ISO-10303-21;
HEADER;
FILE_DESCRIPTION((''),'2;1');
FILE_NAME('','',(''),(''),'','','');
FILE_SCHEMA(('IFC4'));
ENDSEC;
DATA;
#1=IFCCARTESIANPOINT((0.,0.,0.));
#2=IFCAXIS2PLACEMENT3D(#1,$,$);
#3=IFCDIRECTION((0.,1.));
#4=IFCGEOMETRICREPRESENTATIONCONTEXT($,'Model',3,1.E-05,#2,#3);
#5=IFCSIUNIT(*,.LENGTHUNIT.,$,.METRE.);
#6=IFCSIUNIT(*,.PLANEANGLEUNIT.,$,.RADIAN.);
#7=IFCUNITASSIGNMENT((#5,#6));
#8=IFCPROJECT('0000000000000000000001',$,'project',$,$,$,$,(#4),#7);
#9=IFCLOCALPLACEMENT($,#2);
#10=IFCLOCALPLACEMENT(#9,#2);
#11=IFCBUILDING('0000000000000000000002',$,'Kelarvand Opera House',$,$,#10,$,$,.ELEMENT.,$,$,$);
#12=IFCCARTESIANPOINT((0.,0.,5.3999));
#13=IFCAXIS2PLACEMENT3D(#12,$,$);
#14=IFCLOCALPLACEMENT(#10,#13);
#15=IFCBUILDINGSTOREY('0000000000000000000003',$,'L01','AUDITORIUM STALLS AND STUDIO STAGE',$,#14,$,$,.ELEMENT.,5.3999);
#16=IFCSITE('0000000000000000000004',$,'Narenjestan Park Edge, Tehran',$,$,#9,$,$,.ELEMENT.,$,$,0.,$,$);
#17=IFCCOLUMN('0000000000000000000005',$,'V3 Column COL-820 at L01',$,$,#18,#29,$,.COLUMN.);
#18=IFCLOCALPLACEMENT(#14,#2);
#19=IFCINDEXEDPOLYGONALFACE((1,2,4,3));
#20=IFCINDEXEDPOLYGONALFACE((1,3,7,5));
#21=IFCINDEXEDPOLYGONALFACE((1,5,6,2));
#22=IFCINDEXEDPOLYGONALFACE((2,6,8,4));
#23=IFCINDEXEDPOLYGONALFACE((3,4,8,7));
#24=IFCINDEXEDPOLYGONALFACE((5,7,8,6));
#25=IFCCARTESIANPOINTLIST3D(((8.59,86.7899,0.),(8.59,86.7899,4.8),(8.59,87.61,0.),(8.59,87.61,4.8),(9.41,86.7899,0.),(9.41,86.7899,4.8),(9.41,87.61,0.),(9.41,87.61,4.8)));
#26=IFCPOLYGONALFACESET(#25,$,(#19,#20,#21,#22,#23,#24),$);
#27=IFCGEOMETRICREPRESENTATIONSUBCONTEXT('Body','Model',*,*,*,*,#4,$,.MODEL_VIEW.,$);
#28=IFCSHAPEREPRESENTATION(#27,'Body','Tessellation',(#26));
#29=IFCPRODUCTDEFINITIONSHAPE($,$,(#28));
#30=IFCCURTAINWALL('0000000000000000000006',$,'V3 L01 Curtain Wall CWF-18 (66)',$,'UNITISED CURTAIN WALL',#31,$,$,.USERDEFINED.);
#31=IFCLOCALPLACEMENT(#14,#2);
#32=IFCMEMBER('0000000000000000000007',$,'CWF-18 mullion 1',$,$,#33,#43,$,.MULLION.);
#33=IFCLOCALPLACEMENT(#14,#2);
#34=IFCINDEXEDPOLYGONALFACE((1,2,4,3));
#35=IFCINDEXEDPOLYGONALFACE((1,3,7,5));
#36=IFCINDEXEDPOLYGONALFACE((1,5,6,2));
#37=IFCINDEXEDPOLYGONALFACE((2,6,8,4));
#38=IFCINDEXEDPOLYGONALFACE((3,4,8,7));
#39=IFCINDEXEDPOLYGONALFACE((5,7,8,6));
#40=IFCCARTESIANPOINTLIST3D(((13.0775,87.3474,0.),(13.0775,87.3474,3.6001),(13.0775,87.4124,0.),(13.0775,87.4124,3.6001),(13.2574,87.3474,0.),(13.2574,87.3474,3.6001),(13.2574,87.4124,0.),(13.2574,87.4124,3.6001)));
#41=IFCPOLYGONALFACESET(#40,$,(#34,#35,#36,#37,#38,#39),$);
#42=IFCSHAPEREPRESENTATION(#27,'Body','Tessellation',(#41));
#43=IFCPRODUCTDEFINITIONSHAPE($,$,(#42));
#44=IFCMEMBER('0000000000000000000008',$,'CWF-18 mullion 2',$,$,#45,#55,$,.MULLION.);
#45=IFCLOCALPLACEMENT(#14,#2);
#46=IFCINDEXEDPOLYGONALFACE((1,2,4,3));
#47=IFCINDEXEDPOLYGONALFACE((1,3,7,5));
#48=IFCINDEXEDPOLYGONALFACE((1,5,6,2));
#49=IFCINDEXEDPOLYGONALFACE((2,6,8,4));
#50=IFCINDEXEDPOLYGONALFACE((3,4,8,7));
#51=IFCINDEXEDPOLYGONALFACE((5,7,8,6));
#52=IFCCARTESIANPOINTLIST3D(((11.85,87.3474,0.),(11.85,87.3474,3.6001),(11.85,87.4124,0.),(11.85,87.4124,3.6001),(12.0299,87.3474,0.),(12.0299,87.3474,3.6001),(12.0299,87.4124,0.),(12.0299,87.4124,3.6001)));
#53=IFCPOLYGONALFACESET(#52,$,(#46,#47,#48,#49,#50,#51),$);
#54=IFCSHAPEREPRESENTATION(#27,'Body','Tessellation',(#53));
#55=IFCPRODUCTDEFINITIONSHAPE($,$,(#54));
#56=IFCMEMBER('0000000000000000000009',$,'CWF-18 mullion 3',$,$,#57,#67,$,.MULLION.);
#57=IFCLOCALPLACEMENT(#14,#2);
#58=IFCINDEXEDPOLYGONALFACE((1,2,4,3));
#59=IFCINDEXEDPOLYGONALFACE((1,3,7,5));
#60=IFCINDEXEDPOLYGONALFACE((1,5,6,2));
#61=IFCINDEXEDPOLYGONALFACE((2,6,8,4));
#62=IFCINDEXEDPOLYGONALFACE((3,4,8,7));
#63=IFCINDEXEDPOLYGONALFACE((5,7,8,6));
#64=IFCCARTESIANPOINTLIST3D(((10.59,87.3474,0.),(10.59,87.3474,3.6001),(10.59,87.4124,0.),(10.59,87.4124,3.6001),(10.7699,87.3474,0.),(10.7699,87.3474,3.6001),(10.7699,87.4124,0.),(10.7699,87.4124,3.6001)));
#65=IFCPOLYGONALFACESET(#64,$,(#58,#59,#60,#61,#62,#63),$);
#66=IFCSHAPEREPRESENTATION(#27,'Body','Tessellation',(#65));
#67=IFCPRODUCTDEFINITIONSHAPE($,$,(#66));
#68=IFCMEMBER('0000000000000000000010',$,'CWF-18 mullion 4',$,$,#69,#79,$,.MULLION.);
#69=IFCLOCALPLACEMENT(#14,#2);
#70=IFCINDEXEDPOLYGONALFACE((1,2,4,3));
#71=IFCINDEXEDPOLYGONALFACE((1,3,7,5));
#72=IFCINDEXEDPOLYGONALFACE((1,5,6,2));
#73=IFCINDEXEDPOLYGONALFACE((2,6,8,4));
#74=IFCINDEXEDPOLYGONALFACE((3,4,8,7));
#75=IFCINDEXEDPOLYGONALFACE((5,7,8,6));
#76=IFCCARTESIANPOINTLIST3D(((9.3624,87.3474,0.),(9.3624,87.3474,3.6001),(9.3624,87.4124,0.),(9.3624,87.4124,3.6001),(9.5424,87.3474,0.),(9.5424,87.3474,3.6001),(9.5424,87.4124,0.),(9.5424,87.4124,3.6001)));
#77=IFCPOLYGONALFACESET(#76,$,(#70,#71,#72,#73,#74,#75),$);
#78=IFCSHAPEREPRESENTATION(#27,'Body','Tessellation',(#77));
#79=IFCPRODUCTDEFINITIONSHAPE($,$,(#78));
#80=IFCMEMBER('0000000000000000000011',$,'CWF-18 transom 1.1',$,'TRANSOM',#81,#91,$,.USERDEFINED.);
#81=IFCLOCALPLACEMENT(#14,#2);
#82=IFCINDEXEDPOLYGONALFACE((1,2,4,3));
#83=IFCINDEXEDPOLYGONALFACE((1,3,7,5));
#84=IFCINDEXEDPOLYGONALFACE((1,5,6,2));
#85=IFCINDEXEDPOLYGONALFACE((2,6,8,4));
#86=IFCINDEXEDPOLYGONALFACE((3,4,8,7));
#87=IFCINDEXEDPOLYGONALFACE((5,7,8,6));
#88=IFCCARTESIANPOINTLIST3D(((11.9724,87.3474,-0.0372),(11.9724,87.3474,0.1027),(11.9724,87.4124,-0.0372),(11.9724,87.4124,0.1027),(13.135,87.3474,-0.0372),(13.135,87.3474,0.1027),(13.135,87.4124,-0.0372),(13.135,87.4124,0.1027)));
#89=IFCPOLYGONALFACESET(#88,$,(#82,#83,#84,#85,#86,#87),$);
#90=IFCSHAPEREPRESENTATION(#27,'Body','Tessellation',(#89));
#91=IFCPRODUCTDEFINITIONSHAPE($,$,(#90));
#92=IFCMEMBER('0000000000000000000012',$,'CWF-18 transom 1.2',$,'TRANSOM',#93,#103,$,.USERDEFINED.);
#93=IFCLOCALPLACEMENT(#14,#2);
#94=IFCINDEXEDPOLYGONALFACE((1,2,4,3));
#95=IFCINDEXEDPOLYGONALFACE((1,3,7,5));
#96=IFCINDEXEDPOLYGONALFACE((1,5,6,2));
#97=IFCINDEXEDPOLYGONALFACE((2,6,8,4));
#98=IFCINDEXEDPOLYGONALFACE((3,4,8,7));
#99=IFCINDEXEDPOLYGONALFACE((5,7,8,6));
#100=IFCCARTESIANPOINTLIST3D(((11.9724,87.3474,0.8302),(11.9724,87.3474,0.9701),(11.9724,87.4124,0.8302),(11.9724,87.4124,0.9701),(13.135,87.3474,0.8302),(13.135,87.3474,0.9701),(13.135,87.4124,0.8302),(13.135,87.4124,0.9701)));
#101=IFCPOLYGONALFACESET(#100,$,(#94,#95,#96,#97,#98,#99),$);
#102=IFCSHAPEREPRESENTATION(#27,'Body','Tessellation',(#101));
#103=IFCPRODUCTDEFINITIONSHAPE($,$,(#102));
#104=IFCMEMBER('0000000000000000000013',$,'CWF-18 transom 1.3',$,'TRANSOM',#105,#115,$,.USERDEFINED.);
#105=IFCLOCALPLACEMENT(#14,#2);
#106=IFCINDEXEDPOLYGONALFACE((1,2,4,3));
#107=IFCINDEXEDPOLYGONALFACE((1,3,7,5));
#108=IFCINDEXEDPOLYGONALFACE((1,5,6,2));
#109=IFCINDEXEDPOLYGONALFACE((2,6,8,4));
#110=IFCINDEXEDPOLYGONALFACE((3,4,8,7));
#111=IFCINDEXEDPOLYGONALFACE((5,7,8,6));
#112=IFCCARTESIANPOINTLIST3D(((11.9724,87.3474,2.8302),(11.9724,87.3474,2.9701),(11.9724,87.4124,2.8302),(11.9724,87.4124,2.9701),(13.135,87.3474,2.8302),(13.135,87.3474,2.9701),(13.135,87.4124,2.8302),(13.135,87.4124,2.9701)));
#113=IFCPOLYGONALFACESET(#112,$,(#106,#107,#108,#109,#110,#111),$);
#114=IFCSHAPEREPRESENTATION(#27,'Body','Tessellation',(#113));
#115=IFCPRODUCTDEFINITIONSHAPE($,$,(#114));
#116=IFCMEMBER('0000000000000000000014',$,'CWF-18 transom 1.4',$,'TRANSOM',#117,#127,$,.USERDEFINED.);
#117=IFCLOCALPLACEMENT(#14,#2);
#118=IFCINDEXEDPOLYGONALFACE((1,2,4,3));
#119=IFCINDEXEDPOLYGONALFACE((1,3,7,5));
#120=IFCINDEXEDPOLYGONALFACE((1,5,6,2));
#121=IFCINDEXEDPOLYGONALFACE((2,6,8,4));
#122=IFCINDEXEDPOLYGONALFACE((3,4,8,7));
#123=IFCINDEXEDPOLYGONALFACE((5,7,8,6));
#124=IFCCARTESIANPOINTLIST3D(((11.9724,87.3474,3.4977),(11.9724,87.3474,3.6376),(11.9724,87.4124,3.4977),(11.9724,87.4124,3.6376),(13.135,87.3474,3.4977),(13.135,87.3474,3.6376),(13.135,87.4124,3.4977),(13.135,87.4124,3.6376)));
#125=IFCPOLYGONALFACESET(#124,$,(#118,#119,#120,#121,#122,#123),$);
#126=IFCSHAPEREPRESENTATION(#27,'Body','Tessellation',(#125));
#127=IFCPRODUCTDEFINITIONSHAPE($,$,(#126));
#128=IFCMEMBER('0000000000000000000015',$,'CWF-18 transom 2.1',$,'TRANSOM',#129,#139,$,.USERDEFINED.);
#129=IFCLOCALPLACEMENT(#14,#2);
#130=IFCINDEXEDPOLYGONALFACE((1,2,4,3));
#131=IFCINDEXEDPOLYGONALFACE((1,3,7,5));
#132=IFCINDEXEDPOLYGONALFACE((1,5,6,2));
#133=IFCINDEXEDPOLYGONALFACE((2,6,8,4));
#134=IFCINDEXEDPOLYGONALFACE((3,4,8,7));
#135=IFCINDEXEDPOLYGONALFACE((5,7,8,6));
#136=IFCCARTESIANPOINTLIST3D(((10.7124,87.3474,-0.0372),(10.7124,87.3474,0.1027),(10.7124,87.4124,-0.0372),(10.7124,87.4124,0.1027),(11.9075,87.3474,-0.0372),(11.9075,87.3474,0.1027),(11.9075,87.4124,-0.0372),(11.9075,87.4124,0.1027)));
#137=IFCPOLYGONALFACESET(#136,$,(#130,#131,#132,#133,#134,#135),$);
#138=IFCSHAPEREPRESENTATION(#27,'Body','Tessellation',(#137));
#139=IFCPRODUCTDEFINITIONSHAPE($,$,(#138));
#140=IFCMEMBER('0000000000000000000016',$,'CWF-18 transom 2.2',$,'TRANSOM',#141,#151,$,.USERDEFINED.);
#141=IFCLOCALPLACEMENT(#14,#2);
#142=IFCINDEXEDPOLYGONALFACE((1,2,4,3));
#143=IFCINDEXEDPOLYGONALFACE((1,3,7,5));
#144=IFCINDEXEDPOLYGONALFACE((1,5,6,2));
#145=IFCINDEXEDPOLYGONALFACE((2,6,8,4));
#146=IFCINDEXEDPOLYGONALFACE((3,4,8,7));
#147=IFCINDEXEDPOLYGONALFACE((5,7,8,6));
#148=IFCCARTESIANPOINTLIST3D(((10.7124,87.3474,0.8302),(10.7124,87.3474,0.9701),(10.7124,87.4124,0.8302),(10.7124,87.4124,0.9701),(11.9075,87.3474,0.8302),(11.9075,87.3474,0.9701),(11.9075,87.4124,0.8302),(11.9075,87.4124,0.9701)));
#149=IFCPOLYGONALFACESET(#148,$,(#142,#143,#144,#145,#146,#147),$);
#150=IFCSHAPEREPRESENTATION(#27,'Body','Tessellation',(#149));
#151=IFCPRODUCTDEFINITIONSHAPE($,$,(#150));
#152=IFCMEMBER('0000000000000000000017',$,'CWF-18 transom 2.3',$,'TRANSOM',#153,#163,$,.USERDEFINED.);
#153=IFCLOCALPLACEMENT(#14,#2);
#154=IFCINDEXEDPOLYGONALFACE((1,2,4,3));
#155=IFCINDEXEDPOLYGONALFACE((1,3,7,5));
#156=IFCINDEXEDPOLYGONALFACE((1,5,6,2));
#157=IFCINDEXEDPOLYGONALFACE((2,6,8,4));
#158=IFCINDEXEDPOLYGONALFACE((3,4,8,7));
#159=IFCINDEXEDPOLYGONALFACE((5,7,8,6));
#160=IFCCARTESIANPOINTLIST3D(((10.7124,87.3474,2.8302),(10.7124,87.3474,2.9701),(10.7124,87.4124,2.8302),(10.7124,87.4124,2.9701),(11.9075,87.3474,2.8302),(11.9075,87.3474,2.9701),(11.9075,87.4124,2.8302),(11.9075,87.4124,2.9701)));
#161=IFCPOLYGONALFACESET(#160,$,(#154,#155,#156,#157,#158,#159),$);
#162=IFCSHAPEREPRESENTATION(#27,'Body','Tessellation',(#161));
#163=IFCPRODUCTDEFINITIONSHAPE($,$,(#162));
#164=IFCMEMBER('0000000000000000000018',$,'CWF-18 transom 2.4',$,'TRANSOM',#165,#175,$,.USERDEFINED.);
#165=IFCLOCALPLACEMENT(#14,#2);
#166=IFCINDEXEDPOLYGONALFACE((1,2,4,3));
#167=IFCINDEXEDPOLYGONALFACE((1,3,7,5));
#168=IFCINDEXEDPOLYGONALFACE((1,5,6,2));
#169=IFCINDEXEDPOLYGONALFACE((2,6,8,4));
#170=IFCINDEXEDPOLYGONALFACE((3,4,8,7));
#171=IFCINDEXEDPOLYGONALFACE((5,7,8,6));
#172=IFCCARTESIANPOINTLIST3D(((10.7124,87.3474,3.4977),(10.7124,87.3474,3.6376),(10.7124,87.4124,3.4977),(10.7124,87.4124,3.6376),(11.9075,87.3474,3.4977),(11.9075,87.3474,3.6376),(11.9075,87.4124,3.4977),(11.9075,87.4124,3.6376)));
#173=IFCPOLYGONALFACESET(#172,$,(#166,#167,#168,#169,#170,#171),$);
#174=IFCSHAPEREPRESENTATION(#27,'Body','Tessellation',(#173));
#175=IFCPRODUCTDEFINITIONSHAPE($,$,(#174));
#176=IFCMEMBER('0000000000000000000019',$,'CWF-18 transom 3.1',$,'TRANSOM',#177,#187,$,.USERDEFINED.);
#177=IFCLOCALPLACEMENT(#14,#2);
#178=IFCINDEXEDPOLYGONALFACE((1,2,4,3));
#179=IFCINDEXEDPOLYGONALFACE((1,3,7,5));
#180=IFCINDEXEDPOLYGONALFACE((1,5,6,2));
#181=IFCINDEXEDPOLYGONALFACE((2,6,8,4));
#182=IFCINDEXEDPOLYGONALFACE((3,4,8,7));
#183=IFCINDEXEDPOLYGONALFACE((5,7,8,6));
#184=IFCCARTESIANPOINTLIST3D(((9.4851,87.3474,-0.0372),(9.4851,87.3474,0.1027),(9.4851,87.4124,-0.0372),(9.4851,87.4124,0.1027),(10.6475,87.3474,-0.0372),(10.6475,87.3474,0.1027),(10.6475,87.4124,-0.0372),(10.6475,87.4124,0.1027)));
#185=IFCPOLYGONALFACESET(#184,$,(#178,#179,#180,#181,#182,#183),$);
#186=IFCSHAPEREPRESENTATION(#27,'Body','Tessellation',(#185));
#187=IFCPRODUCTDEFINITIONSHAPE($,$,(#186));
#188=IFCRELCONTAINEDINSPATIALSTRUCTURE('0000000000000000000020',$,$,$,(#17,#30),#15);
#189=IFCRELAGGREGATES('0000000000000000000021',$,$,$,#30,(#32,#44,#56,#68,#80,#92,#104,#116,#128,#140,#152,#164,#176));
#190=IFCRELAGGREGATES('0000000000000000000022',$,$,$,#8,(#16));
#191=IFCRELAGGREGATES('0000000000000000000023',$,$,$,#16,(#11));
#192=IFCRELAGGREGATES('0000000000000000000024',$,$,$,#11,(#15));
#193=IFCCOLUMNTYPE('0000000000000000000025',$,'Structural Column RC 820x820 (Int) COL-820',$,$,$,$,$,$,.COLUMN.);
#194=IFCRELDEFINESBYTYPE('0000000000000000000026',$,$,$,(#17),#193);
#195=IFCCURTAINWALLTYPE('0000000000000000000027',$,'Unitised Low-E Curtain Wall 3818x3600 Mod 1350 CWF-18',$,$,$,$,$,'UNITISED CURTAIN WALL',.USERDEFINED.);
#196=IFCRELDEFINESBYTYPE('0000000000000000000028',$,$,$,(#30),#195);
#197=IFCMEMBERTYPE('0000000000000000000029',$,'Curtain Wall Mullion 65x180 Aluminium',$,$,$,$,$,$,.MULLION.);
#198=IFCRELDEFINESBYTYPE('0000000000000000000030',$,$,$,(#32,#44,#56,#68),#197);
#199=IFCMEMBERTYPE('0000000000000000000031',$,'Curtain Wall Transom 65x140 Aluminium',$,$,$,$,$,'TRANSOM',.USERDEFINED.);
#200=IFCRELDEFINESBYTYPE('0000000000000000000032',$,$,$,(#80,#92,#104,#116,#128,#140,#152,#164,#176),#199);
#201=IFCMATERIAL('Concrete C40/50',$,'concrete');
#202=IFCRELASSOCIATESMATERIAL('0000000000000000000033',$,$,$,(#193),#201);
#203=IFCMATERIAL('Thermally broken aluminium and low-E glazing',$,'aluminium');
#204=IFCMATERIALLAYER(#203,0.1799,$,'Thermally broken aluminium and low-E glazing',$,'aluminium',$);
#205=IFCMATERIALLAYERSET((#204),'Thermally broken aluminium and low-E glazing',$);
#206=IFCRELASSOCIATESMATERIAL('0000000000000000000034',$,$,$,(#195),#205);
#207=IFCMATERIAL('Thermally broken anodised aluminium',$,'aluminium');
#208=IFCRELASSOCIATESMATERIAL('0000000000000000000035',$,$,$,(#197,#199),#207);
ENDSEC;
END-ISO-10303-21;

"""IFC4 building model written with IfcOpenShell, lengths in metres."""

from ifc_helpers import new_model, si_unit, direction, frame, origin, origin_2d, place, context, subcontext, project, spatial, rectangle, extrude, material, layer, layer_set, material_profile, profile_set, type_object, element, aggregate, save


model = new_model("IFC4")

# Units and contexts
model_context = context("Model", 3, precision=1e-05, world=origin(), true_north=direction((0.0, 1.0)))
body_context = subcontext(model_context, "Body", "Model", "MODEL_VIEW")
ifc_project = project(units=[si_unit("LENGTHUNIT", "METRE"), si_unit("PLANEANGLEUNIT", "RADIAN")], contexts=[model_context])

# Site, building, storey
site_placement = place(None, origin())
site = spatial("IfcSite", under=ifc_project, at=site_placement, Name="Narenjestan Park Edge, Tehran", CompositionType="ELEMENT", RefElevation=0.0)
building_placement = place(site_placement, origin())
building = spatial("IfcBuilding", under=site, at=building_placement, Name="Kelarvand Opera House", CompositionType="ELEMENT")
storey_placement = place(building_placement, frame((0.0, 0.0, 5.3999)))
storey = spatial("IfcBuildingStorey", under=building, at=storey_placement, Name="L01", Description="AUDITORIUM STALLS AND STUDIO STAGE", CompositionType="ELEMENT", Elevation=5.3999)

# Column
ifc_material_1 = material(Name="Concrete C40/50", Category="concrete")
ifc_material_profile_1 = material_profile(ifc_material_1, rectangle(XDim=0.8201, YDim=0.8201, at=origin_2d()), Name="RC 820x820", Category="concrete")
ifc_profile_set_1 = profile_set([ifc_material_profile_1], Name="Concrete C40/50")
column_type = type_object("IfcColumnType", Name="Structural Column RC 820x820 (Int) COL-820", PredefinedType="COLUMN", material=ifc_profile_set_1)
column_placement = place(storey_placement, frame((9.0, 87.2, 0.0), z_axis=(0.0, 0.0, 1.0), x_axis=(1.0, 0.0, 0.0)))
element("IfcColumn", 1, at=column_placement, inside=storey, type_object=column_type, Name="V3 Column COL-820 at L01", PredefinedType="COLUMN", context=body_context, shape_type="SweptSolid", body=[
    extrude(rectangle(XDim=0.8201, YDim=0.8201, at=origin_2d()), origin(), (0.0, 0.0, 1.0), 4.8),
])

# Curtain wall, members
ifc_material_2 = material(Name="Thermally broken aluminium and low-E glazing", Category="aluminium")
ifc_layer_1 = layer(ifc_material_2, 0.1799, Name="Thermally broken aluminium and low-E glazing", Category="aluminium")
ifc_layer_set_1 = layer_set([ifc_layer_1], Name="Thermally broken aluminium and low-E glazing")
curtain_wall_type = type_object("IfcCurtainWallType", Name="Unitised Low-E Curtain Wall 3818x3600 Mod 1350 CWF-18", ElementType="UNITISED CURTAIN WALL", PredefinedType="USERDEFINED", material=ifc_layer_set_1)
curtain_wall_placement = place(storey_placement, origin())
curtain_wall = element("IfcCurtainWall", 2, at=curtain_wall_placement, inside=storey, type_object=curtain_wall_type, Name="V3 L01 Curtain Wall CWF-18 (66)", ObjectType="UNITISED CURTAIN WALL", PredefinedType="USERDEFINED")
ifc_material_3 = material(Name="Thermally broken anodised aluminium", Category="aluminium")
ifc_material_profile_2 = material_profile(ifc_material_3, rectangle(XDim=0.0649, YDim=0.1799, at=origin_2d()), Name="ALU MULLION 65x180", Category="aluminium")
ifc_profile_set_2 = profile_set([ifc_material_profile_2], Name="Thermally broken anodised aluminium")
member_type_1 = type_object("IfcMemberType", Name="Curtain Wall Mullion 65x180 Aluminium", PredefinedType="MULLION", material=ifc_profile_set_2)
member_1_placement = place(storey_placement, frame((13.1675, 87.3799, 0.0), z_axis=(0.0, 0.0, 1.0), x_axis=(0.0, -1.0, 0.0)))
member_1 = element("IfcMember", 3, at=member_1_placement, type_object=member_type_1, Name="CWF-18 mullion 1", PredefinedType="MULLION", context=body_context, shape_type="SweptSolid", body=[
    extrude(rectangle(XDim=0.0649, YDim=0.1799, at=origin_2d()), origin(), (0.0, 0.0, 1.0), 3.6001),
])
member_2_placement = place(storey_placement, frame((11.9399, 87.3799, 0.0), z_axis=(0.0, 0.0, 1.0), x_axis=(0.0, -1.0, 0.0)))
member_2 = element("IfcMember", 4, at=member_2_placement, type_object=member_type_1, Name="CWF-18 mullion 2", PredefinedType="MULLION", context=body_context, shape_type="SweptSolid", body=[
    extrude(rectangle(XDim=0.0649, YDim=0.1799, at=origin_2d()), origin(), (0.0, 0.0, 1.0), 3.6001),
])
member_3_placement = place(storey_placement, frame((10.6799, 87.3799, 0.0), z_axis=(0.0, 0.0, 1.0), x_axis=(0.0, -1.0, 0.0)))
member_3 = element("IfcMember", 5, at=member_3_placement, type_object=member_type_1, Name="CWF-18 mullion 3", PredefinedType="MULLION", context=body_context, shape_type="SweptSolid", body=[
    extrude(rectangle(XDim=0.0649, YDim=0.1799, at=origin_2d()), origin(), (0.0, 0.0, 1.0), 3.6001),
])
member_4_placement = place(storey_placement, frame((9.4524, 87.3799, 0.0), z_axis=(0.0, 0.0, 1.0), x_axis=(0.0, -1.0, 0.0)))
member_4 = element("IfcMember", 6, at=member_4_placement, type_object=member_type_1, Name="CWF-18 mullion 4", PredefinedType="MULLION", context=body_context, shape_type="SweptSolid", body=[
    extrude(rectangle(XDim=0.0649, YDim=0.1799, at=origin_2d()), origin(), (0.0, 0.0, 1.0), 3.6001),
])
ifc_material_profile_3 = material_profile(ifc_material_3, rectangle(XDim=0.0649, YDim=0.1399, at=origin_2d()), Name="ALU TRANSOM 65x140", Category="aluminium")
ifc_profile_set_3 = profile_set([ifc_material_profile_3], Name="Thermally broken anodised aluminium")
member_type_2 = type_object("IfcMemberType", Name="Curtain Wall Transom 65x140 Aluminium", ElementType="TRANSOM", PredefinedType="USERDEFINED", material=ifc_profile_set_3)
member_5_placement = place(storey_placement, frame((13.135, 87.3799, 0.0327), z_axis=(-1.0, 0.0, 0.0), x_axis=(0.0, -1.0, 0.0)))
member_5 = element("IfcMember", 7, at=member_5_placement, type_object=member_type_2, Name="CWF-18 transom 1.1", ObjectType="TRANSOM", PredefinedType="USERDEFINED", context=body_context, shape_type="SweptSolid", body=[
    extrude(rectangle(XDim=0.0649, YDim=0.1399, at=origin_2d()), origin(), (0.0, 0.0, 1.0), 1.1626),
])
member_6_placement = place(storey_placement, frame((13.135, 87.3799, 0.9001), z_axis=(-1.0, 0.0, 0.0), x_axis=(0.0, -1.0, 0.0)))
member_6 = element("IfcMember", 8, at=member_6_placement, type_object=member_type_2, Name="CWF-18 transom 1.2", ObjectType="TRANSOM", PredefinedType="USERDEFINED", context=body_context, shape_type="SweptSolid", body=[
    extrude(rectangle(XDim=0.0649, YDim=0.1399, at=origin_2d()), origin(), (0.0, 0.0, 1.0), 1.1626),
])
member_7_placement = place(storey_placement, frame((13.135, 87.3799, 2.9001), z_axis=(-1.0, 0.0, 0.0), x_axis=(0.0, -1.0, 0.0)))
member_7 = element("IfcMember", 9, at=member_7_placement, type_object=member_type_2, Name="CWF-18 transom 1.3", ObjectType="TRANSOM", PredefinedType="USERDEFINED", context=body_context, shape_type="SweptSolid", body=[
    extrude(rectangle(XDim=0.0649, YDim=0.1399, at=origin_2d()), origin(), (0.0, 0.0, 1.0), 1.1626),
])
member_8_placement = place(storey_placement, frame((13.135, 87.3799, 3.5676), z_axis=(-1.0, 0.0, 0.0), x_axis=(0.0, -1.0, 0.0)))
member_8 = element("IfcMember", 10, at=member_8_placement, type_object=member_type_2, Name="CWF-18 transom 1.4", ObjectType="TRANSOM", PredefinedType="USERDEFINED", context=body_context, shape_type="SweptSolid", body=[
    extrude(rectangle(XDim=0.0649, YDim=0.1399, at=origin_2d()), origin(), (0.0, 0.0, 1.0), 1.1626),
])
member_9_placement = place(storey_placement, frame((11.9075, 87.3799, 0.0327), z_axis=(-1.0, 0.0, 0.0), x_axis=(0.0, -1.0, 0.0)))
member_9 = element("IfcMember", 11, at=member_9_placement, type_object=member_type_2, Name="CWF-18 transom 2.1", ObjectType="TRANSOM", PredefinedType="USERDEFINED", context=body_context, shape_type="SweptSolid", body=[
    extrude(rectangle(XDim=0.0649, YDim=0.1399, at=origin_2d()), origin(), (0.0, 0.0, 1.0), 1.1951),
])
member_10_placement = place(storey_placement, frame((11.9075, 87.3799, 0.9001), z_axis=(-1.0, 0.0, 0.0), x_axis=(0.0, -1.0, 0.0)))
member_10 = element("IfcMember", 12, at=member_10_placement, type_object=member_type_2, Name="CWF-18 transom 2.2", ObjectType="TRANSOM", PredefinedType="USERDEFINED", context=body_context, shape_type="SweptSolid", body=[
    extrude(rectangle(XDim=0.0649, YDim=0.1399, at=origin_2d()), origin(), (0.0, 0.0, 1.0), 1.1951),
])
member_11_placement = place(storey_placement, frame((11.9075, 87.3799, 2.9001), z_axis=(-1.0, 0.0, 0.0), x_axis=(0.0, -1.0, 0.0)))
member_11 = element("IfcMember", 13, at=member_11_placement, type_object=member_type_2, Name="CWF-18 transom 2.3", ObjectType="TRANSOM", PredefinedType="USERDEFINED", context=body_context, shape_type="SweptSolid", body=[
    extrude(rectangle(XDim=0.0649, YDim=0.1399, at=origin_2d()), origin(), (0.0, 0.0, 1.0), 1.1951),
])
member_12_placement = place(storey_placement, frame((11.9075, 87.3799, 3.5676), z_axis=(-1.0, 0.0, 0.0), x_axis=(0.0, -1.0, 0.0)))
member_12 = element("IfcMember", 14, at=member_12_placement, type_object=member_type_2, Name="CWF-18 transom 2.4", ObjectType="TRANSOM", PredefinedType="USERDEFINED", context=body_context, shape_type="SweptSolid", body=[
    extrude(rectangle(XDim=0.0649, YDim=0.1399, at=origin_2d()), origin(), (0.0, 0.0, 1.0), 1.1951),
])
member_13_placement = place(storey_placement, frame((10.6475, 87.3799, 0.0327), z_axis=(-1.0, 0.0, 0.0), x_axis=(0.0, -1.0, 0.0)))
member_13 = element("IfcMember", 15, at=member_13_placement, type_object=member_type_2, Name="CWF-18 transom 3.1", ObjectType="TRANSOM", PredefinedType="USERDEFINED", context=body_context, shape_type="SweptSolid", body=[
    extrude(rectangle(XDim=0.0649, YDim=0.1399, at=origin_2d()), origin(), (0.0, 0.0, 1.0), 1.1624),
])

aggregate(curtain_wall, [member_1, member_2, member_3, member_4, member_5, member_6, member_7, member_8, member_9, member_10, member_11, member_12, member_13])

save(model, "model.ifc")
